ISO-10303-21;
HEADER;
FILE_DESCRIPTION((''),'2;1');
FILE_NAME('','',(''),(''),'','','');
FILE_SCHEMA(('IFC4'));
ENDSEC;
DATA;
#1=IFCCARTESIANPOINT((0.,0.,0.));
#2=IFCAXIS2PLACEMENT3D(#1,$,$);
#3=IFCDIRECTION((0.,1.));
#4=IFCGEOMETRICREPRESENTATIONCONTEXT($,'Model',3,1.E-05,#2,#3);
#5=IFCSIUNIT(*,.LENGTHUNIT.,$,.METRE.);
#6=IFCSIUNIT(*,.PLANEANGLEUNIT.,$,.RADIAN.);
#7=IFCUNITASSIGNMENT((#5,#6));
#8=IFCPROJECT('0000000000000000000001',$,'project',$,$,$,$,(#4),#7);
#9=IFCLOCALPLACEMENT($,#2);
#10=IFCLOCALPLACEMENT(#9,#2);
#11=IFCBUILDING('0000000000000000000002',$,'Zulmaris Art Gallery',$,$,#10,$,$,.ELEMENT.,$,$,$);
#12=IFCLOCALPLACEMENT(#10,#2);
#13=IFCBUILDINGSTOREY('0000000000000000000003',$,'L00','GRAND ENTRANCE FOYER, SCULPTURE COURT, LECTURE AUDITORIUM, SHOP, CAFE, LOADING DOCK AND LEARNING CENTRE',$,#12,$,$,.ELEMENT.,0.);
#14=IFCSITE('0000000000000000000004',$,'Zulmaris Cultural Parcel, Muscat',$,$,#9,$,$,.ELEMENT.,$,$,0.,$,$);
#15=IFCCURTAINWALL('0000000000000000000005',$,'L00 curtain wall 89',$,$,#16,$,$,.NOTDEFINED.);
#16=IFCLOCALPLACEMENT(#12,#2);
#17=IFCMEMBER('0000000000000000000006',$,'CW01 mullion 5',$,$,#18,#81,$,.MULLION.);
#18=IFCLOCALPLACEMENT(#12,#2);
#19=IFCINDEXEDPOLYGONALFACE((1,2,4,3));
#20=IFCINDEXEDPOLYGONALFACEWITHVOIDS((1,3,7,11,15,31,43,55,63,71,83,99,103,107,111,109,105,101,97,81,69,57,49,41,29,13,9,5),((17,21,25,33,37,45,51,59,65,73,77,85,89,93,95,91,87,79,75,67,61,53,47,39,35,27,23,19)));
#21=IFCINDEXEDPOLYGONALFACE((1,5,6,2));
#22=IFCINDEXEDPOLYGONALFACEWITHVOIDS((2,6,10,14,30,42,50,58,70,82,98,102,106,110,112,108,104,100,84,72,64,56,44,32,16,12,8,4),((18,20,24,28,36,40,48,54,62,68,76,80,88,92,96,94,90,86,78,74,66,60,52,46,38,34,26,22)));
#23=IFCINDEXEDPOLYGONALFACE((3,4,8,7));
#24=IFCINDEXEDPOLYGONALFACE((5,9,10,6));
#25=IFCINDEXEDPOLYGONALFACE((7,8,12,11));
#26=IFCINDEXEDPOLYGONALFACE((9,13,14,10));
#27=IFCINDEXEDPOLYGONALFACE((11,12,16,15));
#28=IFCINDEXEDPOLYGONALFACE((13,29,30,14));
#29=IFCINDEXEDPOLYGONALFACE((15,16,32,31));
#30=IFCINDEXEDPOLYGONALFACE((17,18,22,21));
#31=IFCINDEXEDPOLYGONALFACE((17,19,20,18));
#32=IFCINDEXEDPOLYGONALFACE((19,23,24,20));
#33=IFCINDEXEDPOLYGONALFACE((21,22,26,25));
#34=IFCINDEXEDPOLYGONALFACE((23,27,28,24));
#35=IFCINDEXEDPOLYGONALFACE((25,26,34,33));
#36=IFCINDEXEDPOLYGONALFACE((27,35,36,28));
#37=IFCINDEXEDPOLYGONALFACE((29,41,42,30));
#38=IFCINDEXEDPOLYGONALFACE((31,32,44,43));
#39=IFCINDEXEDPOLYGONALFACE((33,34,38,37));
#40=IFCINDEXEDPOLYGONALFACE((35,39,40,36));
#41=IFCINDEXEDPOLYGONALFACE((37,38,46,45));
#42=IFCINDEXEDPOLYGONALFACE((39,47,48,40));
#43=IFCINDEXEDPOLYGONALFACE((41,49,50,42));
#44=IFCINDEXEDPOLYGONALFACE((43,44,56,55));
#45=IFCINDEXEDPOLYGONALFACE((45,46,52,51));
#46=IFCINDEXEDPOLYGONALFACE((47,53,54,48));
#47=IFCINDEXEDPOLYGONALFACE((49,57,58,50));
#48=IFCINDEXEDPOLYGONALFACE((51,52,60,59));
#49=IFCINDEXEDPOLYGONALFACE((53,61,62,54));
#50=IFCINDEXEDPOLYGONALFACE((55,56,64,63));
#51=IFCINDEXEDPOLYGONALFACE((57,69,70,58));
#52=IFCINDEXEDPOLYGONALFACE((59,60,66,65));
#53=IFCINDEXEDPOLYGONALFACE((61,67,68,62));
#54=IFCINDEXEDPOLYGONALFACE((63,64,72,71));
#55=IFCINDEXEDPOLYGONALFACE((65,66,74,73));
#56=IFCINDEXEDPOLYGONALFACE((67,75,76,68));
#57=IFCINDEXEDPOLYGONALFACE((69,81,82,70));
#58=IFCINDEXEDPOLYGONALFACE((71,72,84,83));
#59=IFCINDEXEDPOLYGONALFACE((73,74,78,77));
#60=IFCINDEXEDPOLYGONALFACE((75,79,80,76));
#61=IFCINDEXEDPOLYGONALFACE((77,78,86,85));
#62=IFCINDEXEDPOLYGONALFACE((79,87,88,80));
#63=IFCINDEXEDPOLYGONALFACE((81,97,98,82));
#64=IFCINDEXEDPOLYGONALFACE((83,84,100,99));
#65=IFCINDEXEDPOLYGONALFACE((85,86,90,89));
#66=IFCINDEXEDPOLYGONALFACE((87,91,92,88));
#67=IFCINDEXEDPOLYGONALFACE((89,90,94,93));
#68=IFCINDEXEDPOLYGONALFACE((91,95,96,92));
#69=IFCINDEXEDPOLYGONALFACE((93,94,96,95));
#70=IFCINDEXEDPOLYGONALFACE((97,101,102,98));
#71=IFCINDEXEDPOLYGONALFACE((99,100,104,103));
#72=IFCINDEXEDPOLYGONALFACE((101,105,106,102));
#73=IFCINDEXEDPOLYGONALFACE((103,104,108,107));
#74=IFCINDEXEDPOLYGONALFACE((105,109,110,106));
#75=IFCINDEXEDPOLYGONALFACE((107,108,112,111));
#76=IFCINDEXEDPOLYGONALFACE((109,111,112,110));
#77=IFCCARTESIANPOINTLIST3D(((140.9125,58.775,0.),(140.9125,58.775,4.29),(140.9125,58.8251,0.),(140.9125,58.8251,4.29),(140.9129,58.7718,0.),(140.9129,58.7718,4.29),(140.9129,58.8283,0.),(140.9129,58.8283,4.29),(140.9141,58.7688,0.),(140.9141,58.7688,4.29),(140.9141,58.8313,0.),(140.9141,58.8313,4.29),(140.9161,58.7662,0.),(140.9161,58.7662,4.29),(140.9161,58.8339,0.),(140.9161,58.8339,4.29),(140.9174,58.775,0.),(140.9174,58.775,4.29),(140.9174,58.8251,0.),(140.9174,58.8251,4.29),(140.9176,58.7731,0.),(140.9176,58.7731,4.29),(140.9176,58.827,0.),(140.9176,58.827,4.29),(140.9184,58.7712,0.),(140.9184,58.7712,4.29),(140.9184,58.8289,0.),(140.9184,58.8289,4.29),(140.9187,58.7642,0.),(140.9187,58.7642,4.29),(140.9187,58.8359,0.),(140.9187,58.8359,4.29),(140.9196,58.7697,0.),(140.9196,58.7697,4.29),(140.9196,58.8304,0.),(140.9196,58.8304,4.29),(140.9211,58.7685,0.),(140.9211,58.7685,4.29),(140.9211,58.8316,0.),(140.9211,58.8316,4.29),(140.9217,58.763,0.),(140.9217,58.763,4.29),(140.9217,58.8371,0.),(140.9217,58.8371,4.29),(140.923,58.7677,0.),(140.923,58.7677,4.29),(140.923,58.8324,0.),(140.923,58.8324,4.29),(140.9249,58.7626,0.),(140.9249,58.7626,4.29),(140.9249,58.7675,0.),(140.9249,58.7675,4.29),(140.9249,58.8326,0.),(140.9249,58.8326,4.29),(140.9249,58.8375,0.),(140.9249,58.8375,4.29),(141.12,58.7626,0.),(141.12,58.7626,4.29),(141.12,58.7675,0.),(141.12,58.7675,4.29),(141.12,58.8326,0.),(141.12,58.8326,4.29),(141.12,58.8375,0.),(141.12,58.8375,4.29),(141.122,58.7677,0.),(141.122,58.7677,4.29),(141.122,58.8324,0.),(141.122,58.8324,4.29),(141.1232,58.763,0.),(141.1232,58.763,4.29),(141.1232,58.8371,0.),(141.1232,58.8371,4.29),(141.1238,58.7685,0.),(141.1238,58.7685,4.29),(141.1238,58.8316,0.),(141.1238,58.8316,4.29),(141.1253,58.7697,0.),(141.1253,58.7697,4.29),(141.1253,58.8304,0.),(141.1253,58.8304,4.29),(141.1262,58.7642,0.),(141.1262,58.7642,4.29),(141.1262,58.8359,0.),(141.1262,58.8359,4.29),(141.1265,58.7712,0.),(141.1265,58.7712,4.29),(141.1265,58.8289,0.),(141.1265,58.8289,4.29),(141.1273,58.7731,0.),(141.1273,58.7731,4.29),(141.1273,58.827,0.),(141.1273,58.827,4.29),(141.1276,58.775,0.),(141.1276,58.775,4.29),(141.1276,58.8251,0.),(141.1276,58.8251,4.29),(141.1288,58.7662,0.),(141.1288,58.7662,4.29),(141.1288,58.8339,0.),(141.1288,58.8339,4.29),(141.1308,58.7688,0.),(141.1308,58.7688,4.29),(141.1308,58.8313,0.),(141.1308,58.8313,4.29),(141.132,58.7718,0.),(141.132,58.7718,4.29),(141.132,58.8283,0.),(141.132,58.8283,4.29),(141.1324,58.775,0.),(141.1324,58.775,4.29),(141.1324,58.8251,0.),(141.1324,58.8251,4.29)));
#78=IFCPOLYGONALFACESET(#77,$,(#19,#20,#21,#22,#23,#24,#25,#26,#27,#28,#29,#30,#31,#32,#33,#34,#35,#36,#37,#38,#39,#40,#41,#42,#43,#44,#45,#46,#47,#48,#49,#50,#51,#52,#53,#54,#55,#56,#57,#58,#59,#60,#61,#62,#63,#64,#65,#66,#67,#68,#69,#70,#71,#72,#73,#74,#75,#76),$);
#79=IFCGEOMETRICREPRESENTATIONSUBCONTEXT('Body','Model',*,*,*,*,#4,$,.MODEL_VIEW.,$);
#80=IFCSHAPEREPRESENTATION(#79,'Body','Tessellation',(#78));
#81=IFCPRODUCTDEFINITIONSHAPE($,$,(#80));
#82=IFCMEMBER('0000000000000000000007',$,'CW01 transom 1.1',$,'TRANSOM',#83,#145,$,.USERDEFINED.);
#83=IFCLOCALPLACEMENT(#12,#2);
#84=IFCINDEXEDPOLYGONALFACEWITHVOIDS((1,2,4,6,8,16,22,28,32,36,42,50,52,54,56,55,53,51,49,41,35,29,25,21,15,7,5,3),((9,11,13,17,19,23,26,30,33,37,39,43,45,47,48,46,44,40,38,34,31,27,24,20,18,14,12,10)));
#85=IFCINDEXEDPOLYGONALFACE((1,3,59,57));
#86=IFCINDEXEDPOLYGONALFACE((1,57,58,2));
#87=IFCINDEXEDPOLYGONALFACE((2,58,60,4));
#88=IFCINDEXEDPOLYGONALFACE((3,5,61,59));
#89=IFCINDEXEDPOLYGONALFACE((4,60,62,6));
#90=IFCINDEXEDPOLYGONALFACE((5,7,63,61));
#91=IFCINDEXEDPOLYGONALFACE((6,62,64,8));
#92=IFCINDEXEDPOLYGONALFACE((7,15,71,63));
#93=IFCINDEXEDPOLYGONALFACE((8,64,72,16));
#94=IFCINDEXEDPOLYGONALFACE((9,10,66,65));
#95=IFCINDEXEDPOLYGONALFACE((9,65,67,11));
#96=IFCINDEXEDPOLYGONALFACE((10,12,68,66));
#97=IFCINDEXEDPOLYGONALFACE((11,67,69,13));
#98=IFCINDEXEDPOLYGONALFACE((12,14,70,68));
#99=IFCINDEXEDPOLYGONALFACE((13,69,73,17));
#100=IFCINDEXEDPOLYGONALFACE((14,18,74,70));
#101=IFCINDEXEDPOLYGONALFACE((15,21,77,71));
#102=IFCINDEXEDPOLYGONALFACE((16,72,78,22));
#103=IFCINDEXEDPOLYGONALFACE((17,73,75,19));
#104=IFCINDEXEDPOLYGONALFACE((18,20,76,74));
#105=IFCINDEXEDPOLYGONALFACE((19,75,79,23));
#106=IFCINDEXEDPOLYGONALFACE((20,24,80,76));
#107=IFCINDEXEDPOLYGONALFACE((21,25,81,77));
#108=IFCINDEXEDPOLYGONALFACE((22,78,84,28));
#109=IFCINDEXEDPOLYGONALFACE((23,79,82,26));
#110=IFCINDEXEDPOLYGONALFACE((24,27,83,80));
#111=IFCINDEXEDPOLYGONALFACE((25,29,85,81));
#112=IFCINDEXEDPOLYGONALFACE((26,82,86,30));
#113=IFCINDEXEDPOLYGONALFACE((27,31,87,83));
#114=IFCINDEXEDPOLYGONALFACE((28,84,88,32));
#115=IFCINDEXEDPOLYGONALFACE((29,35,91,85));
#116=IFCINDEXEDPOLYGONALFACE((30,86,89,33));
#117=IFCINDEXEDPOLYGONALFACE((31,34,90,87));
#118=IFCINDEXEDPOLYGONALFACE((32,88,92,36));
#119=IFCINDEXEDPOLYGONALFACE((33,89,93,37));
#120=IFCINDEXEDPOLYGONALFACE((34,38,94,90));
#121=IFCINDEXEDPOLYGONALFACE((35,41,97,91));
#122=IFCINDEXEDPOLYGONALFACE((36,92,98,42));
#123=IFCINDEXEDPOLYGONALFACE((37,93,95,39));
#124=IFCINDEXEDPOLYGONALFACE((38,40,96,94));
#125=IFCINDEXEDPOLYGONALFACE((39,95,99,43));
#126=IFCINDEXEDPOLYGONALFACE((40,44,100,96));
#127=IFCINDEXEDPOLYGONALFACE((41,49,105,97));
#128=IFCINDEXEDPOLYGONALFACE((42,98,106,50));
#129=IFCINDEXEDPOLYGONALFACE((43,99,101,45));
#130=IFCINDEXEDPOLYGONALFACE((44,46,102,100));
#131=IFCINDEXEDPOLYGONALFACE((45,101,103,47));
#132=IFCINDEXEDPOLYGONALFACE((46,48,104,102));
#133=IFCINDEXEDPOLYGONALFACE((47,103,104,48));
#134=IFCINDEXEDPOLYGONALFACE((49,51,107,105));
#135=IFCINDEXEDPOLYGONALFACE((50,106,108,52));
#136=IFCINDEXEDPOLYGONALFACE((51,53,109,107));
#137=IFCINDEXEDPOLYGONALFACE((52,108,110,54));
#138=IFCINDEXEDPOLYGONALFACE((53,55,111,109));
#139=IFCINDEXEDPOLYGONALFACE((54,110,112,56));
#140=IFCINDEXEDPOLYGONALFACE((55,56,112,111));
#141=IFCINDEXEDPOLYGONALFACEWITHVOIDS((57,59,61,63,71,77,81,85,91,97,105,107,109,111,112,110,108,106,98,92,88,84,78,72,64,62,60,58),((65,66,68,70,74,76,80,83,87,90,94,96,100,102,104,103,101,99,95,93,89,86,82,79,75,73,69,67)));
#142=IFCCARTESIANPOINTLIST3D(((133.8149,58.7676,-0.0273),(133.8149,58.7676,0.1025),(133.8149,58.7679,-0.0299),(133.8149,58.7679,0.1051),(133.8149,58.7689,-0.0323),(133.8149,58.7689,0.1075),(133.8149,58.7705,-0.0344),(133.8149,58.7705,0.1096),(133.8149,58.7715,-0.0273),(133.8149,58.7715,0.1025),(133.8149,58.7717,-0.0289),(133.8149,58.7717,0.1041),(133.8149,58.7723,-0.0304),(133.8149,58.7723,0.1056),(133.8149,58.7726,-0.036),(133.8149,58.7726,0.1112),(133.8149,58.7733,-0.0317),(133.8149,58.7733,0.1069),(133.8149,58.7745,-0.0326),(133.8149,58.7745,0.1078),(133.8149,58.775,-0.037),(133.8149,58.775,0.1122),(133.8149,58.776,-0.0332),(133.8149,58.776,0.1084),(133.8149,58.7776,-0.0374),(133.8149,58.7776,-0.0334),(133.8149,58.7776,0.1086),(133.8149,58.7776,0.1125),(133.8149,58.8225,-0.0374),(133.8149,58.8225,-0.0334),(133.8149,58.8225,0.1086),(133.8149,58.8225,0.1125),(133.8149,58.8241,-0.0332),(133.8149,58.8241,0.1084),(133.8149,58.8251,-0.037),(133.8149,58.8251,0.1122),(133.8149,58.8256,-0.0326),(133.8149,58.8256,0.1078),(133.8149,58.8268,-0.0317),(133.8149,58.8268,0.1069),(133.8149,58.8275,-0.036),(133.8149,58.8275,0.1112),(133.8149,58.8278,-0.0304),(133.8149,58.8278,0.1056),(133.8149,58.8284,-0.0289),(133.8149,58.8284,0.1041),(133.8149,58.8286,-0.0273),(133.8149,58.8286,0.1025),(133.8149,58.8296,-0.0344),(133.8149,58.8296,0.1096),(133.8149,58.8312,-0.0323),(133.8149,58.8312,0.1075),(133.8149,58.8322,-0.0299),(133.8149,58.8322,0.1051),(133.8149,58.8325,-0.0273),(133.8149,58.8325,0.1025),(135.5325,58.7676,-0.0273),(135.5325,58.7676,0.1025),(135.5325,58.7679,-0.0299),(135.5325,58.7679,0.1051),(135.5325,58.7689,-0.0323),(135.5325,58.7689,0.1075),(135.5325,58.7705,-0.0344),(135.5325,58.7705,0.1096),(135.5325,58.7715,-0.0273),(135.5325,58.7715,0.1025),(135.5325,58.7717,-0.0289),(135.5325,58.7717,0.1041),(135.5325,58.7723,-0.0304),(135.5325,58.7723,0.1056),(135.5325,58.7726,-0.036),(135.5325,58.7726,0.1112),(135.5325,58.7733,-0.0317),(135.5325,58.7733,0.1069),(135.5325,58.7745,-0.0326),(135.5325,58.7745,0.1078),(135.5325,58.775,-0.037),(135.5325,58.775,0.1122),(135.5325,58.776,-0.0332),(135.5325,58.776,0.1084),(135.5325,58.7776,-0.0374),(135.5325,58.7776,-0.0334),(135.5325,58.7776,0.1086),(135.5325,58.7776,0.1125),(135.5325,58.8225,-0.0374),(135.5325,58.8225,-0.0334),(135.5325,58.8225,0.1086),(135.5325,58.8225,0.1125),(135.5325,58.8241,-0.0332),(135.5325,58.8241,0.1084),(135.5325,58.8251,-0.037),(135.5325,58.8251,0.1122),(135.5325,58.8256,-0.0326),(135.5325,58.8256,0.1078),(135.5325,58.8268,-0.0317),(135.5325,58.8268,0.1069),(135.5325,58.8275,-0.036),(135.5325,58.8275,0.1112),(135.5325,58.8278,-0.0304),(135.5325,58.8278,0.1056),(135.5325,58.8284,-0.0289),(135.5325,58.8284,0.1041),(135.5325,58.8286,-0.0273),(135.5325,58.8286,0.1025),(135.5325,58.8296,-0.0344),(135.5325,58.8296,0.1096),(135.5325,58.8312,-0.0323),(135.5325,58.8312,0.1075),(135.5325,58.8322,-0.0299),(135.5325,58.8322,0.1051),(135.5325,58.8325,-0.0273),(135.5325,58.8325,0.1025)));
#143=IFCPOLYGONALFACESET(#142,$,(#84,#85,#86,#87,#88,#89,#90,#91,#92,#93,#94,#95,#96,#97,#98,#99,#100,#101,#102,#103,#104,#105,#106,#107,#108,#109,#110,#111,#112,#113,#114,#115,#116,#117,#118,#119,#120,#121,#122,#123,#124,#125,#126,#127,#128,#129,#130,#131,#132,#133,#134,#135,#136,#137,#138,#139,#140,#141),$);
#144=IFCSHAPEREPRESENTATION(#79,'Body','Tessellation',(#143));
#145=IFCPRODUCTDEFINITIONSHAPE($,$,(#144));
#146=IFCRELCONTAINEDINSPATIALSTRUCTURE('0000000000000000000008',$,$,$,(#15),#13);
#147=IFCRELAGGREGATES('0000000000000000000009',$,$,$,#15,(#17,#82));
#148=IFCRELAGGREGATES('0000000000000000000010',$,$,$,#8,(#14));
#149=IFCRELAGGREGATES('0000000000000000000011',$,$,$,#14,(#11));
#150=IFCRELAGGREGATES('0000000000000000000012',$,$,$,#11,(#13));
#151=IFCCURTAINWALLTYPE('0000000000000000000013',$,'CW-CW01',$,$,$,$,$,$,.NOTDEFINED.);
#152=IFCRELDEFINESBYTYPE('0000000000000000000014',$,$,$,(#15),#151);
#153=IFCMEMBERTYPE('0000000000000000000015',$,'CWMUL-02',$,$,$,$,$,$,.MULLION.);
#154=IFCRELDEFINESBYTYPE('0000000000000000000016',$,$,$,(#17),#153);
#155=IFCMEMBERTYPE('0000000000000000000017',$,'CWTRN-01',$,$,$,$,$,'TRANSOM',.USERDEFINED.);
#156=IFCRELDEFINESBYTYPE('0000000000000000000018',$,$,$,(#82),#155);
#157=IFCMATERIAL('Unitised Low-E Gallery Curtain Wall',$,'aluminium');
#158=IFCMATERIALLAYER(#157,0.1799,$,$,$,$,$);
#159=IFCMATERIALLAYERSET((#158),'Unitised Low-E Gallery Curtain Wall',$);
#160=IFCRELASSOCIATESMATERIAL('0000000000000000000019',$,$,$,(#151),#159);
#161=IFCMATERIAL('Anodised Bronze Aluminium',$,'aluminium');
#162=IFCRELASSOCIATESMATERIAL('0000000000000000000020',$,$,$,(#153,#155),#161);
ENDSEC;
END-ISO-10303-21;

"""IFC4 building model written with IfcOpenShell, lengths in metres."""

from ifc_helpers import new_model, si_unit, direction, frame, origin, origin_2d, place, context, subcontext, project, spatial, hollow_rectangle, extrude, material, layer, layer_set, material_profile, profile_set, type_object, element, aggregate, save


model = new_model("IFC4")

# Units and contexts
model_context = context("Model", 3, precision=1e-05, world=origin(), true_north=direction((0.0, 1.0)))
body_context = subcontext(model_context, "Body", "Model", "MODEL_VIEW")
ifc_project = project(units=[si_unit("LENGTHUNIT", "METRE"), si_unit("PLANEANGLEUNIT", "RADIAN")], contexts=[model_context])

# Site, building, storey
site_placement = place(None, origin())
site = spatial("IfcSite", under=ifc_project, at=site_placement, Name="Zulmaris Cultural Parcel, Muscat", CompositionType="ELEMENT", RefElevation=0.0)
building_placement = place(site_placement, origin())
building = spatial("IfcBuilding", under=site, at=building_placement, Name="Zulmaris Art Gallery", CompositionType="ELEMENT")
storey_placement = place(building_placement, origin())
storey = spatial("IfcBuildingStorey", under=building, at=storey_placement, Name="L00", Description="GRAND ENTRANCE FOYER, SCULPTURE COURT, LECTURE AUDITORIUM, SHOP, CAFE, LOADING DOCK AND LEARNING CENTRE", CompositionType="ELEMENT", Elevation=0.0)

# Shared definitions
ifc_material_1 = material(Name="Unitised Low-E Gallery Curtain Wall", Category="aluminium")
ifc_layer_1 = layer(ifc_material_1, 0.1799)
ifc_layer_set_1 = layer_set([ifc_layer_1], Name="Unitised Low-E Gallery Curtain Wall")
curtain_wall_type = type_object("IfcCurtainWallType", Name="CW-CW01", PredefinedType="NOTDEFINED", material=ifc_layer_set_1)
ifc_material_2 = material(Name="Anodised Bronze Aluminium", Category="aluminium")
ifc_material_profile_1 = material_profile(ifc_material_2, hollow_rectangle(XDim=0.075, YDim=0.22, WallThickness=0.0049, InnerFilletRadius=0.0076, OuterFilletRadius=0.0125, at=origin_2d()), Name="ALU 75x220x5")
ifc_profile_set_1 = profile_set([ifc_material_profile_1], Name="Anodised Bronze Aluminium")
member_type_1 = type_object("IfcMemberType", Name="CWMUL-02", PredefinedType="MULLION", material=ifc_profile_set_1)

# Curtain wall, members
curtain_wall_1_placement = place(storey_placement, origin())
curtain_wall_1 = element("IfcCurtainWall", 1, at=curtain_wall_1_placement, inside=storey, type_object=curtain_wall_type, Name="L00 curtain wall 89", PredefinedType="NOTDEFINED")
member_1_placement = place(storey_placement, frame((141.0225, 58.8, 0.0), z_axis=(0.0, 0.0, 1.0), x_axis=(0.0, 1.0, 0.0)))
member_1 = element("IfcMember", 2, at=member_1_placement, type_object=member_type_1, Name="CW01 mullion 5", PredefinedType="MULLION", context=body_context, shape_type="SweptSolid", body=[
    extrude(hollow_rectangle(XDim=0.075, YDim=0.22, WallThickness=0.0049, InnerFilletRadius=0.0076, OuterFilletRadius=0.0125, at=origin_2d()), origin(), (0.0, 0.0, 1.0), 4.29),
])
ifc_material_profile_2 = material_profile(ifc_material_2, hollow_rectangle(XDim=0.0649, YDim=0.1499, WallThickness=0.0039, InnerFilletRadius=0.0061, OuterFilletRadius=0.01, at=origin_2d()), Name="ALU 65x150x4")
ifc_profile_set_2 = profile_set([ifc_material_profile_2], Name="Anodised Bronze Aluminium")
member_type_2 = type_object("IfcMemberType", Name="CWTRN-01", ElementType="TRANSOM", PredefinedType="USERDEFINED", material=ifc_profile_set_2)
member_2_placement = place(storey_placement, frame((133.8149, 58.8, 0.0376), z_axis=(1.0, 0.0, 0.0), x_axis=(0.0, 1.0, 0.0)))
member_2 = element("IfcMember", 3, at=member_2_placement, type_object=member_type_2, Name="CW01 transom 1.1", ObjectType="TRANSOM", PredefinedType="USERDEFINED", context=body_context, shape_type="SweptSolid", body=[
    extrude(hollow_rectangle(XDim=0.0649, YDim=0.1499, WallThickness=0.0039, InnerFilletRadius=0.0061, OuterFilletRadius=0.01, at=origin_2d()), origin(), (0.0, 0.0, 1.0), 1.7175),
])
aggregate(curtain_wall_1, [member_1, member_2])

save(model, "model.ifc")
